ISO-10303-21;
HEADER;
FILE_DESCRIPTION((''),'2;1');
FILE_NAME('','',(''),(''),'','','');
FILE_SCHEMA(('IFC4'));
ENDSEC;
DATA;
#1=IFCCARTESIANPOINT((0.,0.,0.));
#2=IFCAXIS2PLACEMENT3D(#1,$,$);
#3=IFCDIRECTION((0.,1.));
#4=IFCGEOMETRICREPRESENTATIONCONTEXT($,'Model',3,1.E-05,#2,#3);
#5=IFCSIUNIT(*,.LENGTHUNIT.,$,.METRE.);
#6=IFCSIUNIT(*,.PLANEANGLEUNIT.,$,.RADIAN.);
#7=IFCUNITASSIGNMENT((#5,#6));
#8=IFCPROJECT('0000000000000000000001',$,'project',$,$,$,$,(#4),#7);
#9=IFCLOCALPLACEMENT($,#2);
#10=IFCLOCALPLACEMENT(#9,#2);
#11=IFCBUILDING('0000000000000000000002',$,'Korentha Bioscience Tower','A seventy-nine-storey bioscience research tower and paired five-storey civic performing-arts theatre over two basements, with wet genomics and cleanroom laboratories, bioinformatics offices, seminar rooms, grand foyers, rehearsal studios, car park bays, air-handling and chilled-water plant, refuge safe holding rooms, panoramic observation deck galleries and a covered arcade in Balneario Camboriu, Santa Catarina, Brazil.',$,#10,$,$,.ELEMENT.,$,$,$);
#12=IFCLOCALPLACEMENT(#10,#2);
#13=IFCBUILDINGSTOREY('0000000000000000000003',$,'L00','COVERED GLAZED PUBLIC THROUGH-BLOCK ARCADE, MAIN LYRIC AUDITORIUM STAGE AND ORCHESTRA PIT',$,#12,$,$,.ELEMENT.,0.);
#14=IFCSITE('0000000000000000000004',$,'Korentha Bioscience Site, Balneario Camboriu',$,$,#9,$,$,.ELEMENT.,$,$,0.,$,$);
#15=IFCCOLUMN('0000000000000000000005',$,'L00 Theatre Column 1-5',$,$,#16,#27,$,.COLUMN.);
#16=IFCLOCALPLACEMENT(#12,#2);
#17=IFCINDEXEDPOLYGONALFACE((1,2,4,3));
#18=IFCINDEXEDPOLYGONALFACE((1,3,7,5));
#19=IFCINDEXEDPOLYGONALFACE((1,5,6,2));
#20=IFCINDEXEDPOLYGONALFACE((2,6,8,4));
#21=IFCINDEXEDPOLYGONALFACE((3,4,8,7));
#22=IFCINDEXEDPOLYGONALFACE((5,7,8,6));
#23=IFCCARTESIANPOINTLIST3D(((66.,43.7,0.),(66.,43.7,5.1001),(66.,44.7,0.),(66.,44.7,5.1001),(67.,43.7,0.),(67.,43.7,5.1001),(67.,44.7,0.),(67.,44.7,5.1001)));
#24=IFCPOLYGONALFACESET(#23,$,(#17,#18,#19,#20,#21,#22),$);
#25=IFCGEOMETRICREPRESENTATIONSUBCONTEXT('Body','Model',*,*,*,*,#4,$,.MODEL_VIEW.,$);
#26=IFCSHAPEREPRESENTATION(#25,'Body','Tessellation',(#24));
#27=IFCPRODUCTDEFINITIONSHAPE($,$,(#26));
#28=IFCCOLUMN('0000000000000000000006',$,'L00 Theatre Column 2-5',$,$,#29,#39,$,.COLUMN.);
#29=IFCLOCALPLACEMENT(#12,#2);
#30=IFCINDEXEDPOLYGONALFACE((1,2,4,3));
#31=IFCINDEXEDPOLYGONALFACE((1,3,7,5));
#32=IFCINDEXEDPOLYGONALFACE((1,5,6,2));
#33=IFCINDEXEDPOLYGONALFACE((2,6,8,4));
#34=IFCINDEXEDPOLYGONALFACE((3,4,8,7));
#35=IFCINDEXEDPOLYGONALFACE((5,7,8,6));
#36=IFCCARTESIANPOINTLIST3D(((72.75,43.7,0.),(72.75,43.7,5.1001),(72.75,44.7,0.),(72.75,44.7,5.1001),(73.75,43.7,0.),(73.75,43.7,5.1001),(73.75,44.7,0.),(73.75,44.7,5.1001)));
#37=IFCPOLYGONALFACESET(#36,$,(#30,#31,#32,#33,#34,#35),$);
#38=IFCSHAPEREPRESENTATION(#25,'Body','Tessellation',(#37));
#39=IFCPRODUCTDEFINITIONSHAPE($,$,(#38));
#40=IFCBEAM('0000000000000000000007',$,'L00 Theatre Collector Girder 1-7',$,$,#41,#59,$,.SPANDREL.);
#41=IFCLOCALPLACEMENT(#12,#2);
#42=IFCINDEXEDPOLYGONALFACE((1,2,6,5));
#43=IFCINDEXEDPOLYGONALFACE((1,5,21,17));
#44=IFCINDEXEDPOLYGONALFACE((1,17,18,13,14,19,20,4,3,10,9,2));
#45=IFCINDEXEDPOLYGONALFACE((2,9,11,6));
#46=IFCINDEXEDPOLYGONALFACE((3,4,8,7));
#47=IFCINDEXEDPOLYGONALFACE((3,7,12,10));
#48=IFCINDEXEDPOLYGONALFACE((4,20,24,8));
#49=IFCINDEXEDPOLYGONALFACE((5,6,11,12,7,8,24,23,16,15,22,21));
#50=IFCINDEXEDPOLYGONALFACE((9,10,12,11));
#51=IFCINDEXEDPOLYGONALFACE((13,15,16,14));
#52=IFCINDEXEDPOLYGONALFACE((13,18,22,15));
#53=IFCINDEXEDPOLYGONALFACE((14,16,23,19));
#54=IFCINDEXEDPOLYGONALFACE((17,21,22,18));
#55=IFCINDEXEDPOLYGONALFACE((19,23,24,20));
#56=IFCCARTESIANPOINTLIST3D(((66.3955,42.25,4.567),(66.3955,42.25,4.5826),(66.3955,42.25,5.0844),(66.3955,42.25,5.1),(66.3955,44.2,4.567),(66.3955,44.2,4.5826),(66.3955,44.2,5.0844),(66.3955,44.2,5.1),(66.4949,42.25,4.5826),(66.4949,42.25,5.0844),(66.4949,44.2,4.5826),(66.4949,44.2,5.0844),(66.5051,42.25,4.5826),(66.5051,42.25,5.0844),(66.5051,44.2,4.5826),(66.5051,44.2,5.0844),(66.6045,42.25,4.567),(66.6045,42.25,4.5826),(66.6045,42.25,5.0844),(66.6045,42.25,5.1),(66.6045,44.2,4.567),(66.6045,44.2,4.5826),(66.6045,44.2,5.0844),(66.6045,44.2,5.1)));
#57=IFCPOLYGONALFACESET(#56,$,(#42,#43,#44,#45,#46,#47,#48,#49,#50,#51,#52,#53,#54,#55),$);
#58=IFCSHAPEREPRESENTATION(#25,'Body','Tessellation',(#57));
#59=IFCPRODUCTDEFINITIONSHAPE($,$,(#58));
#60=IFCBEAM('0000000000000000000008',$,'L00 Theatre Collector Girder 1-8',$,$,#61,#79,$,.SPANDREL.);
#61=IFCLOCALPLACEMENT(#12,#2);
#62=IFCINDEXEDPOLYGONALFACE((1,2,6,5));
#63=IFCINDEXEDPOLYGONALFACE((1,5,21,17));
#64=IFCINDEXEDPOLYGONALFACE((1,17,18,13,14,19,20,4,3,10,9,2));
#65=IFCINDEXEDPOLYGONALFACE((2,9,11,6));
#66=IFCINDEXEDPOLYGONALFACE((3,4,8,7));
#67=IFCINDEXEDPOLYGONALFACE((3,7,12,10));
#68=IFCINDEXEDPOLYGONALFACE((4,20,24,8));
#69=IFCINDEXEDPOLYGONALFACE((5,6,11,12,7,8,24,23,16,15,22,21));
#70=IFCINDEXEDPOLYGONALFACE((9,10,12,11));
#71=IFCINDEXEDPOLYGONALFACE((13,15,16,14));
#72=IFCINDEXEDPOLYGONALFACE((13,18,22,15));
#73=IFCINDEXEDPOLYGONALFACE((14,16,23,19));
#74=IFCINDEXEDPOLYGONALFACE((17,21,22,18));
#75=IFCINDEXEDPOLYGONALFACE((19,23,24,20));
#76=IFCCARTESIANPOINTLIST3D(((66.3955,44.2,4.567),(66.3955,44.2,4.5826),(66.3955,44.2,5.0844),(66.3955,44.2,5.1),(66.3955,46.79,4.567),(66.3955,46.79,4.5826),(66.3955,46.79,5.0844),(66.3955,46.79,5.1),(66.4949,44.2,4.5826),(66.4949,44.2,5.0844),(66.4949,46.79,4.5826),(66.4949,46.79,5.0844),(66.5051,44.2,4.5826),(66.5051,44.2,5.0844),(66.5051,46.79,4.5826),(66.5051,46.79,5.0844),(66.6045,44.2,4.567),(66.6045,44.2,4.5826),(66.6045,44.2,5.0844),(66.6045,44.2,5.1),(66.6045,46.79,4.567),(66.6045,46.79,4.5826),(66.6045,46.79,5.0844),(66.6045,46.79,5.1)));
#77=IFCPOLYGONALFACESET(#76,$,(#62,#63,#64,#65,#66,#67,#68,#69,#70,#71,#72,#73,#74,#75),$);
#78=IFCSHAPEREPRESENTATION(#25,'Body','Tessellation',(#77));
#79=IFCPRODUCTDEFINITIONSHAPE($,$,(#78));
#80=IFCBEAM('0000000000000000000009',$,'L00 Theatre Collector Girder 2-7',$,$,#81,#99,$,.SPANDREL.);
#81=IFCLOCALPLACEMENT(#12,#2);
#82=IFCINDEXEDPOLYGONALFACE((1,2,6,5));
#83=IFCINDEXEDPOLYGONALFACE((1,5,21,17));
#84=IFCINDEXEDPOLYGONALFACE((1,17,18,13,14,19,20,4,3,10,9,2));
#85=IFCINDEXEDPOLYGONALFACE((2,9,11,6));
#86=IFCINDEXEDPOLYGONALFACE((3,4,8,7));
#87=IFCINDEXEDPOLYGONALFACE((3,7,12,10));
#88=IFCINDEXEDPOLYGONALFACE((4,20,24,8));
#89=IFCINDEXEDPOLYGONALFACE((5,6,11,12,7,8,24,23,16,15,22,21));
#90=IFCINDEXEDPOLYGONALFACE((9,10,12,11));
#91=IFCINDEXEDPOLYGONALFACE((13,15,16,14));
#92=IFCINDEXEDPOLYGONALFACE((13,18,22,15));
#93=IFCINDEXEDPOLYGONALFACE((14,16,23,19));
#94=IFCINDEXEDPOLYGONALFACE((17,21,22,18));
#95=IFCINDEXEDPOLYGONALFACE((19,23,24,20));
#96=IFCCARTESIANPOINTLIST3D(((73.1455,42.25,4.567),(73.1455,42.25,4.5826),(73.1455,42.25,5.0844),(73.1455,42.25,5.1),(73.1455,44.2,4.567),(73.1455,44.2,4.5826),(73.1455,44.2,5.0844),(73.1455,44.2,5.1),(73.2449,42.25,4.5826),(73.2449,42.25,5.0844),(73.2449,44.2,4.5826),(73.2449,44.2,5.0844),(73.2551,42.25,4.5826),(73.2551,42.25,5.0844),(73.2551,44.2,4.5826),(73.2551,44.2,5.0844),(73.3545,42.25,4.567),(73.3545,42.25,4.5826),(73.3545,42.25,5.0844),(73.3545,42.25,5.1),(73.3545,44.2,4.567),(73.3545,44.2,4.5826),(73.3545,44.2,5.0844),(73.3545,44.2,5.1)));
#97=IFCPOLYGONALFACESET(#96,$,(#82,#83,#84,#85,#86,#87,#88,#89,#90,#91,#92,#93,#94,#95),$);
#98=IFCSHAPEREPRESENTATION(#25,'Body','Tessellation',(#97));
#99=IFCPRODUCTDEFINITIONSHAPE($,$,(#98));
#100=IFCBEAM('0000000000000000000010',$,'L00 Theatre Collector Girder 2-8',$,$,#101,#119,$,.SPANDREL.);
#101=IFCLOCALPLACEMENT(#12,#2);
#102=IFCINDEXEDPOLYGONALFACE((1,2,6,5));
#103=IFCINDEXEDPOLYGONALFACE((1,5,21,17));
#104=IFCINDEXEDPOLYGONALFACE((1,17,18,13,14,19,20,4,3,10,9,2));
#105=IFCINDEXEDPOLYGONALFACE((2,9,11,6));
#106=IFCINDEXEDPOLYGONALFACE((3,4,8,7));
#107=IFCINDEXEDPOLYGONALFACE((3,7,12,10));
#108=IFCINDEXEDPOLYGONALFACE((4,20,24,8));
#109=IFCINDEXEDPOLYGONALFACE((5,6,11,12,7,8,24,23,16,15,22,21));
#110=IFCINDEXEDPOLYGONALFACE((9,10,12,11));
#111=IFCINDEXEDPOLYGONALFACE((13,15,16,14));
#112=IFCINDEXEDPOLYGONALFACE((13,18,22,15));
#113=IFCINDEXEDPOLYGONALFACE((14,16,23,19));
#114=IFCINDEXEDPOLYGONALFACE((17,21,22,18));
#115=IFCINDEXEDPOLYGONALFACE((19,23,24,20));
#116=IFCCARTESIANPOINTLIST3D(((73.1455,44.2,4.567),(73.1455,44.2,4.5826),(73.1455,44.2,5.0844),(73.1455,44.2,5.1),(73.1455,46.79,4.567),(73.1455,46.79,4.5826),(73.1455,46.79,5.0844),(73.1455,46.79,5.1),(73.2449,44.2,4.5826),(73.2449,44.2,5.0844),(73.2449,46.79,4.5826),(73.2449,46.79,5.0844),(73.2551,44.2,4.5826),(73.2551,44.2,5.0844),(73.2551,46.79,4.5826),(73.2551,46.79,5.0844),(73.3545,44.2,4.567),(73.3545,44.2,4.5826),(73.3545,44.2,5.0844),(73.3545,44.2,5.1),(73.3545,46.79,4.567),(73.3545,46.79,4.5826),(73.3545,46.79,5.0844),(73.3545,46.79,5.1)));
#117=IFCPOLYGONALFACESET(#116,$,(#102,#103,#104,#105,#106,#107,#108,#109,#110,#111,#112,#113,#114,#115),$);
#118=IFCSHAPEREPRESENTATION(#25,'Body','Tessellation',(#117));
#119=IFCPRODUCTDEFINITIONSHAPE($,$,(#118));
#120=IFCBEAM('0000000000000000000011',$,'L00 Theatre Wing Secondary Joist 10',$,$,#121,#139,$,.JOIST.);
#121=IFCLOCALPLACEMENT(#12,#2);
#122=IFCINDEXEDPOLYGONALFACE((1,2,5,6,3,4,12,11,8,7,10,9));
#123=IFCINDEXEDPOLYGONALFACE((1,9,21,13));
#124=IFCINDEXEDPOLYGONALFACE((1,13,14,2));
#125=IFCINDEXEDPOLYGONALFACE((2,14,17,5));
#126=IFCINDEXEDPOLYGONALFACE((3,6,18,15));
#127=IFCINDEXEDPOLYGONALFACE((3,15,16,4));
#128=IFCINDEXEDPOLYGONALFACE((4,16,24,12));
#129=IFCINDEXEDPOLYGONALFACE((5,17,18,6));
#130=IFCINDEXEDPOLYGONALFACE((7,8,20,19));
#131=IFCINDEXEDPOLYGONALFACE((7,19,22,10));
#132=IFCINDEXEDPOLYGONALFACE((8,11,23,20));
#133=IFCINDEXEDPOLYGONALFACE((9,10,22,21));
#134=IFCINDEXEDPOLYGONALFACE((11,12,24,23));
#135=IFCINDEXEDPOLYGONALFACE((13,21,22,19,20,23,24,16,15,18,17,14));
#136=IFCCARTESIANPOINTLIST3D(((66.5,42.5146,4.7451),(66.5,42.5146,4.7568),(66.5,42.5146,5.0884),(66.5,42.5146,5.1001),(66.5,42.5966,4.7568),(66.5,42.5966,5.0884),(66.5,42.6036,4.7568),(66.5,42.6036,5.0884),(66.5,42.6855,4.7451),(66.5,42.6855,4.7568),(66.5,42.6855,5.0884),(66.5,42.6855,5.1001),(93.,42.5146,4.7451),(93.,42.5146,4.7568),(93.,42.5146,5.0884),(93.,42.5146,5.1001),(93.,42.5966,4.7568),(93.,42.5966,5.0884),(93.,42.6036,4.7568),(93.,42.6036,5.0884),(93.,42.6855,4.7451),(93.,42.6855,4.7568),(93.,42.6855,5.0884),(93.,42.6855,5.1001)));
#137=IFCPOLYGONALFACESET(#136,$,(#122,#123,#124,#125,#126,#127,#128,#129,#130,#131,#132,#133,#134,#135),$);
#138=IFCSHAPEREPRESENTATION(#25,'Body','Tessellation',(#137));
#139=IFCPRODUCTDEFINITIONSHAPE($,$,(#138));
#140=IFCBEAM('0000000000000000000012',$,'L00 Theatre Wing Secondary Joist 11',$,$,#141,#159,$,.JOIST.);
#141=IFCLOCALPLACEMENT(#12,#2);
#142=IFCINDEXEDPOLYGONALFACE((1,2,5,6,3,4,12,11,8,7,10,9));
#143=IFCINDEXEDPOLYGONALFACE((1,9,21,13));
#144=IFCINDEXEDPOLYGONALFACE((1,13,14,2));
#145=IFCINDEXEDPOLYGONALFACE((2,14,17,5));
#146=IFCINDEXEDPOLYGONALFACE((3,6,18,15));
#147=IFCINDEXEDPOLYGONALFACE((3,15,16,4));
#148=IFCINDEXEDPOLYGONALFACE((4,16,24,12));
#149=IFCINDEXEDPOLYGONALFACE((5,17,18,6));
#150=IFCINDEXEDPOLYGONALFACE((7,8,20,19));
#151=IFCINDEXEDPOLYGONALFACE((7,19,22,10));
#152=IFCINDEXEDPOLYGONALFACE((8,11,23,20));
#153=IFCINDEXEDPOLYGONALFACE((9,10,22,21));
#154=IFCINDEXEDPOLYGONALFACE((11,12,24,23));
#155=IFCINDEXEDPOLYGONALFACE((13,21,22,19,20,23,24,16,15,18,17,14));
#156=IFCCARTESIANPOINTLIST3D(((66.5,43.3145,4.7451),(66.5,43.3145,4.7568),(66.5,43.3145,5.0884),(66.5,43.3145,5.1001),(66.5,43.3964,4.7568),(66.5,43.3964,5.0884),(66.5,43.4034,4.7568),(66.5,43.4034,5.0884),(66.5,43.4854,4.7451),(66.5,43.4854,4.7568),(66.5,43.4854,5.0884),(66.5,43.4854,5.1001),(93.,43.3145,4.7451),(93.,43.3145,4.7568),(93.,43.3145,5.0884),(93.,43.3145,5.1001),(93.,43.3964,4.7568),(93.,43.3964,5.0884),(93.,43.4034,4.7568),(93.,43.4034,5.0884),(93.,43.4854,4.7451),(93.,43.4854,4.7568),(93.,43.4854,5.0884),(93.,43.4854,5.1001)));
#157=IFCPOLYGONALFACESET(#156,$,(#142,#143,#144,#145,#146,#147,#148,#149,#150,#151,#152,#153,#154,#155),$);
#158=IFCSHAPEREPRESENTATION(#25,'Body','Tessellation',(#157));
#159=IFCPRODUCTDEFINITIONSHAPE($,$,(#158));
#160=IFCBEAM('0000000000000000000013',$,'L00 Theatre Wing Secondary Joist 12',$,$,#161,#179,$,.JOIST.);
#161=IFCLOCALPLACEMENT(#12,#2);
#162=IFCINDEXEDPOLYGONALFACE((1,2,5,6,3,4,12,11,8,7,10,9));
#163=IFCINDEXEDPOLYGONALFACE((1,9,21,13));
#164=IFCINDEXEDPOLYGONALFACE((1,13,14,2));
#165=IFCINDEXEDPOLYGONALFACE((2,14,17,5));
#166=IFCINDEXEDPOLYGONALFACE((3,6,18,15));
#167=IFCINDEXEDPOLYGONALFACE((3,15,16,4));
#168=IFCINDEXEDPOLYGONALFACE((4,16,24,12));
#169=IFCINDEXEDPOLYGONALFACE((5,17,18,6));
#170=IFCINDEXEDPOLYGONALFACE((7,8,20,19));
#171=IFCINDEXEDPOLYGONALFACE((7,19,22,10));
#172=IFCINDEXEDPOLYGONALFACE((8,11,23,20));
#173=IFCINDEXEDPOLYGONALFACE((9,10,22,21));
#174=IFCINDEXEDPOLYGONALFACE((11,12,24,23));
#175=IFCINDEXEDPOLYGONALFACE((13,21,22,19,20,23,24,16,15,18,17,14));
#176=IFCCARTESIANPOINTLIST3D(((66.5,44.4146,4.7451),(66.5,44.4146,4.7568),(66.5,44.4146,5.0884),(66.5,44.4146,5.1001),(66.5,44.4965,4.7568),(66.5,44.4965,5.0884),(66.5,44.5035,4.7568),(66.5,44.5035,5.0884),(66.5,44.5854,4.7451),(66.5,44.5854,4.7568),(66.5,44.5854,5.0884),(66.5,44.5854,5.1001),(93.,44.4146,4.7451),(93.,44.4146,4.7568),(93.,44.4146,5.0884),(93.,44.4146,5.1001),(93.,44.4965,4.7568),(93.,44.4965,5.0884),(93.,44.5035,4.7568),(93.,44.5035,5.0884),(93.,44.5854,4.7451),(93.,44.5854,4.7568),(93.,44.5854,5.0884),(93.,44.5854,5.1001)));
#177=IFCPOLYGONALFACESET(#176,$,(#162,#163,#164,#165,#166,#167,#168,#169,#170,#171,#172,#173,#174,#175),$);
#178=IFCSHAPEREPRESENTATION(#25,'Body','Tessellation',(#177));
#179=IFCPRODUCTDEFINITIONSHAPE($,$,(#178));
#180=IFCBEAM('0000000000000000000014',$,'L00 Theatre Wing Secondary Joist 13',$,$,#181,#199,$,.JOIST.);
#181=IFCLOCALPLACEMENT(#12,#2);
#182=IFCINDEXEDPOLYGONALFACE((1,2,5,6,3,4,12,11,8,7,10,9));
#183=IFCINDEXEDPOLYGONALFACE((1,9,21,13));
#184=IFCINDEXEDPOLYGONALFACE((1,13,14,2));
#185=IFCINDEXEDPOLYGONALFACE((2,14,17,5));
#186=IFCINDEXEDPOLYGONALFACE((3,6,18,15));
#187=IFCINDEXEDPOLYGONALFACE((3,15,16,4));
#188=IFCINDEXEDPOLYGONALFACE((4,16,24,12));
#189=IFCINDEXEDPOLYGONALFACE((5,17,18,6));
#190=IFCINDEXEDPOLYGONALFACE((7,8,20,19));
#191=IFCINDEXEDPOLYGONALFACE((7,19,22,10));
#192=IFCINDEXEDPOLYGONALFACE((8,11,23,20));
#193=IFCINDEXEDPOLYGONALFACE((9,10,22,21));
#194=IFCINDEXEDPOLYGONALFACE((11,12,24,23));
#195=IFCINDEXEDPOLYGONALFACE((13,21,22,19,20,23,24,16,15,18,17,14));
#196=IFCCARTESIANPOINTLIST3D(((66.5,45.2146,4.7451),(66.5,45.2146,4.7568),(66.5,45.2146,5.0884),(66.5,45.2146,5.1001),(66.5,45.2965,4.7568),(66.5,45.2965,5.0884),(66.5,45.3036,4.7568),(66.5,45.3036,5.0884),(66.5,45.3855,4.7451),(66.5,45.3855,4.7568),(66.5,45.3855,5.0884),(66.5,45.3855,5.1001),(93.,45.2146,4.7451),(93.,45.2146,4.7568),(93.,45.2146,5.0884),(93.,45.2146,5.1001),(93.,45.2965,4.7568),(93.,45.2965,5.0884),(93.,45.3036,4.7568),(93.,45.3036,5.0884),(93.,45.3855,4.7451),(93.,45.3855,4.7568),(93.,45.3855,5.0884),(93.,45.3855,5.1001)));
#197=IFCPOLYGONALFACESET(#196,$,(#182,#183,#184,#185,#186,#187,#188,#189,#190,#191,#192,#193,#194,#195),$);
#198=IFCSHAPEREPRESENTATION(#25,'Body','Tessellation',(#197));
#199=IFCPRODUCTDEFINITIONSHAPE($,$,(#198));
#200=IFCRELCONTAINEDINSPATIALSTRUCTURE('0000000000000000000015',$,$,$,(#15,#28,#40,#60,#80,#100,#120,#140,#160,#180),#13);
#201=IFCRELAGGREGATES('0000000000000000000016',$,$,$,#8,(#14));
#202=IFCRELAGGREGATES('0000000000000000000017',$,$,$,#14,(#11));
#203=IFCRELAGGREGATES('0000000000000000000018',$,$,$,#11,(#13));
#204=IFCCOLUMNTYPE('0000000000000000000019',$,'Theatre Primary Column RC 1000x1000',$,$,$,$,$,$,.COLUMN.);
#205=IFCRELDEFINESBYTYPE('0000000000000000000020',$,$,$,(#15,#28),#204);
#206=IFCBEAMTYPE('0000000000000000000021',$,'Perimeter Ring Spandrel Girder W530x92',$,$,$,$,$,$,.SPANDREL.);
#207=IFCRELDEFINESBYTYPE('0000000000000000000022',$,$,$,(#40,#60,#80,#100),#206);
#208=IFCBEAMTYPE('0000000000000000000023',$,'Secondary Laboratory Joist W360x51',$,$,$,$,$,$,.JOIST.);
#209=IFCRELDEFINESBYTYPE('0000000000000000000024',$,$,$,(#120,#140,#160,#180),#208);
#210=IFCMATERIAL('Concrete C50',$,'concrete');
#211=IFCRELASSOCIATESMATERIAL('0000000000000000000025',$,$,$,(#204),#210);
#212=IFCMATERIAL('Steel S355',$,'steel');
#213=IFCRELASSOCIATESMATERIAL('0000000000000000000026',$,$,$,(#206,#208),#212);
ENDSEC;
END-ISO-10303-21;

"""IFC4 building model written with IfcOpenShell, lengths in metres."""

from ifc_helpers import new_model, si_unit, direction, frame, origin, origin_2d, place, context, subcontext, project, spatial, rectangle, i_section, extrude, material, material_profile, profile_set, type_object, element, save


model = new_model("IFC4")

# Units and contexts
model_context = context("Model", 3, precision=1e-05, world=origin(), true_north=direction((0.0, 1.0)))
body_context = subcontext(model_context, "Body", "Model", "MODEL_VIEW")
ifc_project = project(units=[si_unit("LENGTHUNIT", "METRE"), si_unit("PLANEANGLEUNIT", "RADIAN")], contexts=[model_context])

# Site, building, storey
site_placement = place(None, origin())
site = spatial("IfcSite", under=ifc_project, at=site_placement, Name="Korentha Bioscience Site, Balneario Camboriu", CompositionType="ELEMENT", RefElevation=0.0)
building_placement = place(site_placement, origin())
building = spatial("IfcBuilding", under=site, at=building_placement, Name="Korentha Bioscience Tower", Description="A seventy-nine-storey bioscience research tower and paired five-storey civic performing-arts theatre over two basements, with wet genomics and cleanroom laboratories, bioinformatics offices, seminar rooms, grand foyers, rehearsal studios, car park bays, air-handling and chilled-water plant, refuge safe holding rooms, panoramic observation deck galleries and a covered arcade in Balneario Camboriu, Santa Catarina, Brazil.", CompositionType="ELEMENT")
storey_placement = place(building_placement, origin())
storey = spatial("IfcBuildingStorey", under=building, at=storey_placement, Name="L00", Description="COVERED GLAZED PUBLIC THROUGH-BLOCK ARCADE, MAIN LYRIC AUDITORIUM STAGE AND ORCHESTRA PIT", CompositionType="ELEMENT", Elevation=0.0)

# Columns
ifc_material_1 = material(Name="Concrete C50", Category="concrete")
ifc_material_profile_1 = material_profile(ifc_material_1, rectangle(XDim=1.0, YDim=1.0, at=origin_2d()), Name="Concrete C50")
ifc_profile_set_1 = profile_set([ifc_material_profile_1], Name="Concrete C50 (TC-01)")
column_type = type_object("IfcColumnType", Name="Theatre Primary Column RC 1000x1000", PredefinedType="COLUMN", material=ifc_profile_set_1)
for number, where, z_axis, x_axis, name in (
    (1, (66.5, 44.2, 0.0), (0.0, 0.0, 1.0), (1.0, 0.0, 0.0), "L00 Theatre Column 1-5"),
    (2, (73.25, 44.2, 0.0), (0.0, 0.0, 1.0), (1.0, 0.0, 0.0), "L00 Theatre Column 2-5"),
):
    element("IfcColumn", number, at=place(storey_placement, frame(where, z_axis=z_axis, x_axis=x_axis)), inside=storey, type_object=column_type, Name=name, PredefinedType="COLUMN", context=body_context, shape_type="SweptSolid", body=[
        extrude(rectangle(XDim=1.0, YDim=1.0, at=origin_2d()), origin(), (0.0, 0.0, 1.0), 5.1001),
    ])

# Beams
ifc_material_2 = material(Name="Steel S355", Category="steel")
ifc_material_profile_2 = material_profile(ifc_material_2, i_section(OverallWidth=0.209, OverallDepth=0.533, WebThickness=0.0103, FlangeThickness=0.0156, at=origin_2d()), Name="Steel S355")
ifc_profile_set_2 = profile_set([ifc_material_profile_2], Name="Steel S355 (SB-530)")
beam_type_1 = type_object("IfcBeamType", Name="Perimeter Ring Spandrel Girder W530x92", PredefinedType="SPANDREL", material=ifc_profile_set_2)
beam_1_placement = place(storey_placement, frame((66.5, 42.25, 4.8335), z_axis=(0.0, 1.0, 0.0), x_axis=(-1.0, 0.0, 0.0)))
element("IfcBeam", 3, at=beam_1_placement, inside=storey, type_object=beam_type_1, Name="L00 Theatre Collector Girder 1-7", PredefinedType="SPANDREL", context=body_context, shape_type="SweptSolid", body=[
    extrude(i_section(OverallWidth=0.209, OverallDepth=0.533, WebThickness=0.0103, FlangeThickness=0.0156, at=origin_2d()), origin(), (0.0, 0.0, 1.0), 1.95),
])
beam_2_placement = place(storey_placement, frame((66.5, 44.2, 4.8335), z_axis=(0.0, 1.0, 0.0), x_axis=(-1.0, 0.0, 0.0)))
element("IfcBeam", 4, at=beam_2_placement, inside=storey, type_object=beam_type_1, Name="L00 Theatre Collector Girder 1-8", PredefinedType="SPANDREL", context=body_context, shape_type="SweptSolid", body=[
    extrude(i_section(OverallWidth=0.209, OverallDepth=0.533, WebThickness=0.0103, FlangeThickness=0.0156, at=origin_2d()), origin(), (0.0, 0.0, 1.0), 2.5901),
])
beam_3_placement = place(storey_placement, frame((73.25, 42.25, 4.8335), z_axis=(0.0, 1.0, 0.0), x_axis=(-1.0, 0.0, 0.0)))
element("IfcBeam", 5, at=beam_3_placement, inside=storey, type_object=beam_type_1, Name="L00 Theatre Collector Girder 2-7", PredefinedType="SPANDREL", context=body_context, shape_type="SweptSolid", body=[
    extrude(i_section(OverallWidth=0.209, OverallDepth=0.533, WebThickness=0.0103, FlangeThickness=0.0156, at=origin_2d()), origin(), (0.0, 0.0, 1.0), 1.95),
])
beam_4_placement = place(storey_placement, frame((73.25, 44.2, 4.8335), z_axis=(0.0, 1.0, 0.0), x_axis=(-1.0, 0.0, 0.0)))
element("IfcBeam", 6, at=beam_4_placement, inside=storey, type_object=beam_type_1, Name="L00 Theatre Collector Girder 2-8", PredefinedType="SPANDREL", context=body_context, shape_type="SweptSolid", body=[
    extrude(i_section(OverallWidth=0.209, OverallDepth=0.533, WebThickness=0.0103, FlangeThickness=0.0156, at=origin_2d()), origin(), (0.0, 0.0, 1.0), 2.5901),
])
ifc_material_profile_3 = material_profile(ifc_material_2, i_section(OverallWidth=0.1709, OverallDepth=0.355, WebThickness=0.0071, FlangeThickness=0.0117, at=origin_2d()), Name="Steel S355")
ifc_profile_set_3 = profile_set([ifc_material_profile_3], Name="Steel S355 (JB-360)")
beam_type_2 = type_object("IfcBeamType", Name="Secondary Laboratory Joist W360x51", PredefinedType="JOIST", material=ifc_profile_set_3)
for number, where, z_axis, x_axis, name in (
    (7, (66.5, 42.6001, 4.9226), (1.0, 0.0, 0.0), (0.0, 1.0, 0.0), "L00 Theatre Wing Secondary Joist 10"),
    (8, (66.5, 43.3999, 4.9226), (1.0, 0.0, 0.0), (0.0, 1.0, 0.0), "L00 Theatre Wing Secondary Joist 11"),
    (9, (66.5, 44.5, 4.9226), (1.0, 0.0, 0.0), (0.0, 1.0, 0.0), "L00 Theatre Wing Secondary Joist 12"),
    (10, (66.5, 45.3, 4.9226), (1.0, 0.0, 0.0), (0.0, 1.0, 0.0), "L00 Theatre Wing Secondary Joist 13"),
):
    element("IfcBeam", number, at=place(storey_placement, frame(where, z_axis=z_axis, x_axis=x_axis)), inside=storey, type_object=beam_type_2, Name=name, PredefinedType="JOIST", context=body_context, shape_type="SweptSolid", body=[
        extrude(i_section(OverallWidth=0.1709, OverallDepth=0.355, WebThickness=0.0071, FlangeThickness=0.0117, at=origin_2d()), origin(), (0.0, 0.0, 1.0), 26.5),
    ])

save(model, "model.ifc")
